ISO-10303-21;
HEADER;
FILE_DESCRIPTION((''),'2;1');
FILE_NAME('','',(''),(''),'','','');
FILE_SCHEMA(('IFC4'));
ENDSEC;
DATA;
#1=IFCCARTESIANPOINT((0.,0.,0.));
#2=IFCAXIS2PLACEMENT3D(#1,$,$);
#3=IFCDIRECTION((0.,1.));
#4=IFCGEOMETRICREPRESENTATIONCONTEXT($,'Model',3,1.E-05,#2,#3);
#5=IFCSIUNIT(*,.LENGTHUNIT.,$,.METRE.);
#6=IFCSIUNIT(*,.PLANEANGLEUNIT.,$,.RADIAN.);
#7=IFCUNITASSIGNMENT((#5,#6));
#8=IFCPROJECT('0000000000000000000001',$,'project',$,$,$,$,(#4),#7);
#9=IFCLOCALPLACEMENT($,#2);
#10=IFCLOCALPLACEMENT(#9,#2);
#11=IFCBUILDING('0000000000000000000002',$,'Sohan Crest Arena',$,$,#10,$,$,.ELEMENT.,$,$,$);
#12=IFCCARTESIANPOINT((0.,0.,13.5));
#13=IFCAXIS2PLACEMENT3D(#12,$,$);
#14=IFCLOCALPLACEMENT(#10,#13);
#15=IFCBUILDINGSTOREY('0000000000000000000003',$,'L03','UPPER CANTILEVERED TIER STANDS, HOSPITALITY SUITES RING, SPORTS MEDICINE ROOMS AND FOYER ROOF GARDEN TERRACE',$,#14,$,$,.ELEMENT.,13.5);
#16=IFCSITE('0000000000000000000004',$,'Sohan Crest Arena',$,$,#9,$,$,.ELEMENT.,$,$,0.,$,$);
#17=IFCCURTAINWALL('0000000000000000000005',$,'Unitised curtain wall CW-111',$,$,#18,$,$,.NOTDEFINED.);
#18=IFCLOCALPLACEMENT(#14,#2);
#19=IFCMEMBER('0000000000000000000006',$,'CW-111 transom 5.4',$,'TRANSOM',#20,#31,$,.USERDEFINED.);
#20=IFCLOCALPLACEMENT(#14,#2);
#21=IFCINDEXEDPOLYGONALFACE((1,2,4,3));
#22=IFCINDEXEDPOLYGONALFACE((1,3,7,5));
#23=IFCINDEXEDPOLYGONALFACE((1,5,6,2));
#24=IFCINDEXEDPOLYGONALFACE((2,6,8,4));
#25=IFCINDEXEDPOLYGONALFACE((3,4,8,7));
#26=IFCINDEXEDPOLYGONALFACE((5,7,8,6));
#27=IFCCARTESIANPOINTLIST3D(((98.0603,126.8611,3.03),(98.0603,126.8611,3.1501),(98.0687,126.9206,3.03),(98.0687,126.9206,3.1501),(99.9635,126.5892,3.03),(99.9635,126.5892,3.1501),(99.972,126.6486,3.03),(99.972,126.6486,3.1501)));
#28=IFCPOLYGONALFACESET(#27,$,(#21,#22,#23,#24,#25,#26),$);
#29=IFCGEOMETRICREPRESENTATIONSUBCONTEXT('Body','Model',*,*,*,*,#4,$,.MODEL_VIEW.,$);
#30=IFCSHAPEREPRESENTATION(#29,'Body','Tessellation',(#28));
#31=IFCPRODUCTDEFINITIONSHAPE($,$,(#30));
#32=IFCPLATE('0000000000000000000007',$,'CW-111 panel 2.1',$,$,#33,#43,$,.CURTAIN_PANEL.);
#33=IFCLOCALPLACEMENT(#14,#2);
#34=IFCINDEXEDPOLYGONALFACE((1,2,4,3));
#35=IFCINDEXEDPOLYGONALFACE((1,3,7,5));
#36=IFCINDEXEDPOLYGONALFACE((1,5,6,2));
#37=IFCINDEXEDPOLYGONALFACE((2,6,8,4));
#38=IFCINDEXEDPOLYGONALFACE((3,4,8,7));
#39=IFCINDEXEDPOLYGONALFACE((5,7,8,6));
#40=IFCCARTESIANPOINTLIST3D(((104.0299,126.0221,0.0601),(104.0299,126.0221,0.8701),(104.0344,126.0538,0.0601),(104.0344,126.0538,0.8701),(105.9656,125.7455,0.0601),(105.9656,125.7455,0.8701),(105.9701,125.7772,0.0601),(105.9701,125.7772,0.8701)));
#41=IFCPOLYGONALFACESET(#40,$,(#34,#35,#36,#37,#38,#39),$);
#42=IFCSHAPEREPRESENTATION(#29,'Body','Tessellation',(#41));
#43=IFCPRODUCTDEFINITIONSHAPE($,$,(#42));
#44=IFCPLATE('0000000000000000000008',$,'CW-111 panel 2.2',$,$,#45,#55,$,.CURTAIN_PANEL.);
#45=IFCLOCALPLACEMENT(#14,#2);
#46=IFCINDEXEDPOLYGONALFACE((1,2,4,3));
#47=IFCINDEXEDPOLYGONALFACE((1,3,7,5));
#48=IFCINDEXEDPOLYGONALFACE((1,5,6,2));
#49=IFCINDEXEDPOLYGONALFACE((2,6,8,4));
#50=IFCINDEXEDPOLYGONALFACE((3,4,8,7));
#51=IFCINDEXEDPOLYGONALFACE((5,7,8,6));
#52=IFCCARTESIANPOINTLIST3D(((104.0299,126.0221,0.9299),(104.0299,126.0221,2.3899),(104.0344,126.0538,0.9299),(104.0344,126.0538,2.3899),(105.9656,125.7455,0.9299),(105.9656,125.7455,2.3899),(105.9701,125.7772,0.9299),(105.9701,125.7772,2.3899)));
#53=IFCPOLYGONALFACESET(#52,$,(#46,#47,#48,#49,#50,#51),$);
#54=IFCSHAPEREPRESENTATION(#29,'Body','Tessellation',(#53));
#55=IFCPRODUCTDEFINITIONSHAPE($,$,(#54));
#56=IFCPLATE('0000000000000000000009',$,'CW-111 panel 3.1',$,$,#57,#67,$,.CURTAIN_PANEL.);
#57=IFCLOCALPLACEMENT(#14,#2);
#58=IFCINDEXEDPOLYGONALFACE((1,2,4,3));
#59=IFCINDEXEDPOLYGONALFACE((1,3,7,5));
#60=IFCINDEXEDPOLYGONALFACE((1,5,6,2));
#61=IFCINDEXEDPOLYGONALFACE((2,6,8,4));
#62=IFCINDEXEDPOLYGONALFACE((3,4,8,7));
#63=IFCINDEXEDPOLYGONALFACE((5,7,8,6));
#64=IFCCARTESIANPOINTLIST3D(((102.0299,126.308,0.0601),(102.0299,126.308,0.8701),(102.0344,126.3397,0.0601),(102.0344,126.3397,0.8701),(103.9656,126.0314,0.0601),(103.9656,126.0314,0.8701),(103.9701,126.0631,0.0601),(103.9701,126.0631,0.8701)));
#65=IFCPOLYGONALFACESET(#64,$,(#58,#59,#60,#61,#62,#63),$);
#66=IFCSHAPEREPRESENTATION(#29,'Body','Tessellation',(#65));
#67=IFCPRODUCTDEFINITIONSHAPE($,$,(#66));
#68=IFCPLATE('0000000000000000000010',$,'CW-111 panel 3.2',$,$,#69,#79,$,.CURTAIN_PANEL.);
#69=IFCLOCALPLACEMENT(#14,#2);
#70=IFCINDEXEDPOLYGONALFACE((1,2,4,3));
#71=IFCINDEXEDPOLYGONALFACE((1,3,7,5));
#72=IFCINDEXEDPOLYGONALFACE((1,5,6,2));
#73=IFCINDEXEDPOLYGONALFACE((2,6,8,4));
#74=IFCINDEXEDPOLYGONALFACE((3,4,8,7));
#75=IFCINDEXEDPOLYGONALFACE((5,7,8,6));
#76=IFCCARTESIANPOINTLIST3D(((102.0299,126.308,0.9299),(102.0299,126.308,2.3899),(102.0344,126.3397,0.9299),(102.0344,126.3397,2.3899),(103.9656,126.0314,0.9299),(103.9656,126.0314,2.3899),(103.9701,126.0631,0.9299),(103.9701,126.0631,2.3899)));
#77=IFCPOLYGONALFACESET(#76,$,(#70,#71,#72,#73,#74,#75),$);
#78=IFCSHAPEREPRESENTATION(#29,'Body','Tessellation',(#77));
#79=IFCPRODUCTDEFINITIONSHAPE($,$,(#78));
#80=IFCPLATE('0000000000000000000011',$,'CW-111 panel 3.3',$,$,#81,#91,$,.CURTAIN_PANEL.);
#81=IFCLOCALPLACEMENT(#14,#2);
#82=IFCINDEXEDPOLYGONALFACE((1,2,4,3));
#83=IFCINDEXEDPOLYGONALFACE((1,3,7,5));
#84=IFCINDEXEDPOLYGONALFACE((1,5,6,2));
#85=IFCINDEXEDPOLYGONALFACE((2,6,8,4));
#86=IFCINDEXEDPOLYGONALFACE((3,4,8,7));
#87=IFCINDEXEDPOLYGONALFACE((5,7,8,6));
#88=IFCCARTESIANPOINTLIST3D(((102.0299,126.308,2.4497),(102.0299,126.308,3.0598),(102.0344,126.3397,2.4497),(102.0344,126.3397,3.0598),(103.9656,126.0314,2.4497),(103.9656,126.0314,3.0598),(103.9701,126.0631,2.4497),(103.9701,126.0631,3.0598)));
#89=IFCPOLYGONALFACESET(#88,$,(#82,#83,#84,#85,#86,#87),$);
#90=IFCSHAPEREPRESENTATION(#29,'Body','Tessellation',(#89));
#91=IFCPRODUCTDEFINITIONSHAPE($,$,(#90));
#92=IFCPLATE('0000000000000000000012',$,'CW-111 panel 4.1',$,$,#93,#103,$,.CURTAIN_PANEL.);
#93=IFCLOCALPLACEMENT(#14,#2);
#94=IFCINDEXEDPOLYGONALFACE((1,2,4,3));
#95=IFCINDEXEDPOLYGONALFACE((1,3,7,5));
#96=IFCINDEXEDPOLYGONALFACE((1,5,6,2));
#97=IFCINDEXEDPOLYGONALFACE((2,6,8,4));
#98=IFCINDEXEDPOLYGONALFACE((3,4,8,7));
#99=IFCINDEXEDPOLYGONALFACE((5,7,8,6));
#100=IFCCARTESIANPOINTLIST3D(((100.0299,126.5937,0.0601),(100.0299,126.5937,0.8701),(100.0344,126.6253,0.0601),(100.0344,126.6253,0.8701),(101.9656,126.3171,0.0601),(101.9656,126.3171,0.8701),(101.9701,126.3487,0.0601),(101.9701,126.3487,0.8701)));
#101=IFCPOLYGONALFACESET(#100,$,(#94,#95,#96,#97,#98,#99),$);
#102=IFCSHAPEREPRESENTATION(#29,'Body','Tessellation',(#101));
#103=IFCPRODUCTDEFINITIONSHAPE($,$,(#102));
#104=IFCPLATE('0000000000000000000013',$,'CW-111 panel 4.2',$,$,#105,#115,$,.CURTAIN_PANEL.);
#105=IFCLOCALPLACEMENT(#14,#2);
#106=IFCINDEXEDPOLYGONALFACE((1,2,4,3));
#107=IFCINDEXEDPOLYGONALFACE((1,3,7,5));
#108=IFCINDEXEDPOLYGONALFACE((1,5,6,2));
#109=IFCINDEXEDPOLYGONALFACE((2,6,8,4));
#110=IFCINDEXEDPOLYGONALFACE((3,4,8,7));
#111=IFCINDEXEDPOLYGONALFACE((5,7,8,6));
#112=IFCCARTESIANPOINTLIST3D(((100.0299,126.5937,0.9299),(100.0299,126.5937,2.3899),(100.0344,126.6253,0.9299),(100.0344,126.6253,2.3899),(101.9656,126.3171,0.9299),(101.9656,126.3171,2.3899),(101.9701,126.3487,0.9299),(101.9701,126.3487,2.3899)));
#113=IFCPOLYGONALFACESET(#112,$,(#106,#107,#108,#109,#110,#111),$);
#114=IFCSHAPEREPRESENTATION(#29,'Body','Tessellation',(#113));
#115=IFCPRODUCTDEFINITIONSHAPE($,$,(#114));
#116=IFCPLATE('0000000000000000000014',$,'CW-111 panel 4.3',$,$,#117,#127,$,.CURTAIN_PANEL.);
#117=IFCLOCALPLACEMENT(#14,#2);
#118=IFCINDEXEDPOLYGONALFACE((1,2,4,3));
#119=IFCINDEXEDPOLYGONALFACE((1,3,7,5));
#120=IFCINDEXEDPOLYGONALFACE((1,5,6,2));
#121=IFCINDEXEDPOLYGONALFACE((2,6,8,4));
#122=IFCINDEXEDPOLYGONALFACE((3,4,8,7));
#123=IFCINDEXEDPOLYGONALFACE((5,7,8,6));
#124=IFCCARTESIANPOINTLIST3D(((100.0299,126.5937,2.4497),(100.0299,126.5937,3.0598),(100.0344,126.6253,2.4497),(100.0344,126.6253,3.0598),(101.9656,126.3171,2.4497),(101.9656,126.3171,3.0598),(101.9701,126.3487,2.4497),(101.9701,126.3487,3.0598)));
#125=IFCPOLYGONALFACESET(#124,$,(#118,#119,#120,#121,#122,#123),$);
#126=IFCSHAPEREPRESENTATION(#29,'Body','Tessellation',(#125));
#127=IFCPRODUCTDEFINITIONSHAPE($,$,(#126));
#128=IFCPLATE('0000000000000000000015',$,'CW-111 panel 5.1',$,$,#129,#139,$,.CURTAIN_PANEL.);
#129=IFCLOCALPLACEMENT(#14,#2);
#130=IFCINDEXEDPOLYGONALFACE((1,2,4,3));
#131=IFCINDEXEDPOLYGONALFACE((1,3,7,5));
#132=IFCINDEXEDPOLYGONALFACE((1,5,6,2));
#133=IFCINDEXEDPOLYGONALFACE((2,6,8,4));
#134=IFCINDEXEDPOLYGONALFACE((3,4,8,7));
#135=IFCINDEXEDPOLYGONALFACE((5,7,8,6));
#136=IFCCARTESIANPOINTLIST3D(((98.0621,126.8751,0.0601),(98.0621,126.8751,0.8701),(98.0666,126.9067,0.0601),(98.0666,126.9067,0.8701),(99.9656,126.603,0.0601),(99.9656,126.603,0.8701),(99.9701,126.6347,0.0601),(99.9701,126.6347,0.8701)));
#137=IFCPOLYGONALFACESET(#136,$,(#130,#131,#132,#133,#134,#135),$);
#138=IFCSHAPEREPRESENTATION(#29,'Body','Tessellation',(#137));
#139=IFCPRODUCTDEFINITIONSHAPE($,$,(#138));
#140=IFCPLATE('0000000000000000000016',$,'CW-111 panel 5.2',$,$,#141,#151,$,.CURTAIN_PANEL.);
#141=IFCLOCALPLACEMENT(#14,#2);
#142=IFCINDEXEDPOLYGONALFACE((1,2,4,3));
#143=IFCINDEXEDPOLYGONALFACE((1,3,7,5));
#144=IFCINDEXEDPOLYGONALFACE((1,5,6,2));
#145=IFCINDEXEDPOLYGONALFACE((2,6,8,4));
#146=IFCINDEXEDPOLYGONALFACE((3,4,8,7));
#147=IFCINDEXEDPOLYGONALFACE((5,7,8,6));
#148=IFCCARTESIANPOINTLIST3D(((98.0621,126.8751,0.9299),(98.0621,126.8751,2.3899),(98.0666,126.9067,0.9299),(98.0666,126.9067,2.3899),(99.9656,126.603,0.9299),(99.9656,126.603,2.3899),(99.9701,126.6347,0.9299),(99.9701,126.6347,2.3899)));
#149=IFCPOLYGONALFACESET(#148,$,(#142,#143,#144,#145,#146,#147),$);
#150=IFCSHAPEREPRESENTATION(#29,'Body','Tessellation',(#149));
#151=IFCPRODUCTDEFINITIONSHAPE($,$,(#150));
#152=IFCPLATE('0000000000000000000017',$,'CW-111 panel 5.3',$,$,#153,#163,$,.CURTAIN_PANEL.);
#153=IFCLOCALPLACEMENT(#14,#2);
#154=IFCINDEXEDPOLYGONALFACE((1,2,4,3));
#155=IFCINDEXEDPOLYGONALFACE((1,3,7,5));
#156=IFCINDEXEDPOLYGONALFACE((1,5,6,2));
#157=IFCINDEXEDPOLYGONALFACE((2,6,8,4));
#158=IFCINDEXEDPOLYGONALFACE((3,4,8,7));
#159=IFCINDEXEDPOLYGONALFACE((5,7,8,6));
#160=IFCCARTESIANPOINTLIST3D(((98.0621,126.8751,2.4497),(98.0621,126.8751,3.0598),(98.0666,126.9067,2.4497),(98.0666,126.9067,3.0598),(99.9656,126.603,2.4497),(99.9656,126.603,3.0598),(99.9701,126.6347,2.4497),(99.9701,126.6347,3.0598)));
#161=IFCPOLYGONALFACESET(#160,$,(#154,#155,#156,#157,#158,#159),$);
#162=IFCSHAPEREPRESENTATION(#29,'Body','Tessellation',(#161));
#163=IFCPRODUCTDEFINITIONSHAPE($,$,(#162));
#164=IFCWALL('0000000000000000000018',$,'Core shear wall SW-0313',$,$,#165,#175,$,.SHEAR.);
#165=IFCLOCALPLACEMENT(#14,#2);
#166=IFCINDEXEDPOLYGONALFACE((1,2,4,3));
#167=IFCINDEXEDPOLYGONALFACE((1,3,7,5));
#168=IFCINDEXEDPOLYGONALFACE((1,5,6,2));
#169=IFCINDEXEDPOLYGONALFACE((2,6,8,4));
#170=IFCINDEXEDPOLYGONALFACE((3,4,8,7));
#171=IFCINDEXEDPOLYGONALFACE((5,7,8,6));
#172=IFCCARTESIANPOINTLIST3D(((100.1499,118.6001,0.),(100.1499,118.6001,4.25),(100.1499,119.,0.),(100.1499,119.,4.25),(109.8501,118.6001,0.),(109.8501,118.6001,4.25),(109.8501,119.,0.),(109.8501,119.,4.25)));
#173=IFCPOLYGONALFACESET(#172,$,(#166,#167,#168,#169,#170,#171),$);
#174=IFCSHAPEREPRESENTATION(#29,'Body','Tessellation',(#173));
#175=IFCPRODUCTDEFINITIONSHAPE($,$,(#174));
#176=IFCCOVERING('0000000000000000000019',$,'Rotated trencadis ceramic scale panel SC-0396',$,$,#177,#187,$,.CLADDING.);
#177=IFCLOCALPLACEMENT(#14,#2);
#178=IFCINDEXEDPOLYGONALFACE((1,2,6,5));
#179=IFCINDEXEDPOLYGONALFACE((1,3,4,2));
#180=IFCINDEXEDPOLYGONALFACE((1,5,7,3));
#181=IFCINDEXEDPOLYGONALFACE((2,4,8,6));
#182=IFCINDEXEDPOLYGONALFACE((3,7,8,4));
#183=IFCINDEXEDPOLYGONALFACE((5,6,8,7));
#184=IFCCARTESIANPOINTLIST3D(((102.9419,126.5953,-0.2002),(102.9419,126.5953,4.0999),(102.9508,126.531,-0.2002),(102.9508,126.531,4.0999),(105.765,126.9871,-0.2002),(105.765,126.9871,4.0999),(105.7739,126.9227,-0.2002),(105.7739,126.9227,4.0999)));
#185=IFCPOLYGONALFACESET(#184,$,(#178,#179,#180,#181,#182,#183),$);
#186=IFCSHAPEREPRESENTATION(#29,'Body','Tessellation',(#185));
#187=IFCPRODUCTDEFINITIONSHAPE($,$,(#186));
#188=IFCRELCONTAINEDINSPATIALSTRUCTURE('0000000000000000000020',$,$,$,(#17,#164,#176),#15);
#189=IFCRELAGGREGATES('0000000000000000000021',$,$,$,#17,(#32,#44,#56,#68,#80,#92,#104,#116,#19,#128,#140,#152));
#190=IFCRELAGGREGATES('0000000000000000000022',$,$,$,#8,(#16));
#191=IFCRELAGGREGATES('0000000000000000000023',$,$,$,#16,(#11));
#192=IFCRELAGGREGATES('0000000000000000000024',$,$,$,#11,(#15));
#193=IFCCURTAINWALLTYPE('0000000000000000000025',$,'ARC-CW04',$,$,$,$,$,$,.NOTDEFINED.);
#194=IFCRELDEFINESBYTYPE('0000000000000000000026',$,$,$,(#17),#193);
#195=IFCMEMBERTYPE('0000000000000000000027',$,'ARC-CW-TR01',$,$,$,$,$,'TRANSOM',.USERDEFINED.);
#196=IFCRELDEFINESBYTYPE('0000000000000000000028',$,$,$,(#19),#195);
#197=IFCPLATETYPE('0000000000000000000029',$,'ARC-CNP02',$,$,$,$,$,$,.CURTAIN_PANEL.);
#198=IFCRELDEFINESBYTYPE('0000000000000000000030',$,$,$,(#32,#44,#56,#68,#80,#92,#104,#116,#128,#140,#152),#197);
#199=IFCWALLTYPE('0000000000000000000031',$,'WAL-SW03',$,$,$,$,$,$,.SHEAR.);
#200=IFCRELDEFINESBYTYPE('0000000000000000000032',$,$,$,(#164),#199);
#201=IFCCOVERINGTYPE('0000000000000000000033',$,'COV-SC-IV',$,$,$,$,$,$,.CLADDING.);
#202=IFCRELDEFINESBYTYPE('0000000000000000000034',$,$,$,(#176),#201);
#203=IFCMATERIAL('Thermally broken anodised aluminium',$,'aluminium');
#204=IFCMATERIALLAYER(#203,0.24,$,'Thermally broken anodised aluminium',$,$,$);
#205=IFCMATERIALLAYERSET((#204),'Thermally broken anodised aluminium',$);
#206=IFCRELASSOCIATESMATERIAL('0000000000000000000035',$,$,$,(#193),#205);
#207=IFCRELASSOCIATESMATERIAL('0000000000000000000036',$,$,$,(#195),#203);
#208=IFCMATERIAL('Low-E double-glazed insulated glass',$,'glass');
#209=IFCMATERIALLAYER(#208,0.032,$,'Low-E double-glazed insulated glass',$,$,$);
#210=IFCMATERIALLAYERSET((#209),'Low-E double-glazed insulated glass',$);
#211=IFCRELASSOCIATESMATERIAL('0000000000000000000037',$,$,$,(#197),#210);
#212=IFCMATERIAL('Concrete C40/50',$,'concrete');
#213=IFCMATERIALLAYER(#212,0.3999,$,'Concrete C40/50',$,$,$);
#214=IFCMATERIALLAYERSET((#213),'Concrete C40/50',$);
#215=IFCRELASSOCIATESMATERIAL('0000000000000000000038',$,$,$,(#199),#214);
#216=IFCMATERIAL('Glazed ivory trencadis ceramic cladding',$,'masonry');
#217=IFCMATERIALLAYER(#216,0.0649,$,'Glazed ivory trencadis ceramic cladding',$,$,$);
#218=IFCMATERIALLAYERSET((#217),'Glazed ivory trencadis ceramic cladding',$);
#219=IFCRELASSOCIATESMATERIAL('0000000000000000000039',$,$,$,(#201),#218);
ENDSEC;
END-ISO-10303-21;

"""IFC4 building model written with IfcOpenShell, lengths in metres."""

from ifc_helpers import new_model, si_unit, direction, frame, frame_2d, origin, origin_2d, place, context, subcontext, project, spatial, rectangle, extrude, material, layer, layer_set, material_profile, profile_set, type_object, element, aggregate, save


model = new_model("IFC4")

# Units and contexts
model_context = context("Model", 3, precision=1e-05, world=origin(), true_north=direction((0.0, 1.0)))
body_context = subcontext(model_context, "Body", "Model", "MODEL_VIEW")
ifc_project = project(units=[si_unit("LENGTHUNIT", "METRE"), si_unit("PLANEANGLEUNIT", "RADIAN")], contexts=[model_context])

# Site, building, storey
site_placement = place(None, origin())
site = spatial("IfcSite", under=ifc_project, at=site_placement, Name="Sohan Crest Arena", CompositionType="ELEMENT", RefElevation=0.0)
building_placement = place(site_placement, origin())
building = spatial("IfcBuilding", under=site, at=building_placement, Name="Sohan Crest Arena", CompositionType="ELEMENT")
storey_placement = place(building_placement, frame((0.0, 0.0, 13.5)))
storey = spatial("IfcBuildingStorey", under=building, at=storey_placement, Name="L03", Description="UPPER CANTILEVERED TIER STANDS, HOSPITALITY SUITES RING, SPORTS MEDICINE ROOMS AND FOYER ROOF GARDEN TERRACE", CompositionType="ELEMENT", Elevation=13.5)

# Curtain wall, member, plates
ifc_material_1 = material(Name="Thermally broken anodised aluminium", Category="aluminium")
ifc_layer_1 = layer(ifc_material_1, 0.24, Name="Thermally broken anodised aluminium")
ifc_layer_set_1 = layer_set([ifc_layer_1], Name="Thermally broken anodised aluminium")
curtain_wall_type = type_object("IfcCurtainWallType", Name="ARC-CW04", PredefinedType="NOTDEFINED", material=ifc_layer_set_1)
curtain_wall_placement = place(storey_placement, origin())
curtain_wall = element("IfcCurtainWall", 1, at=curtain_wall_placement, inside=storey, type_object=curtain_wall_type, Name="Unitised curtain wall CW-111", PredefinedType="NOTDEFINED")
ifc_material_profile_1 = material_profile(ifc_material_1, rectangle(XDim=0.0601, YDim=0.1201, at=origin_2d()), Name="ALU-TRAN 60x120")
ifc_profile_set_1 = profile_set([ifc_material_profile_1], Name="Thermally broken anodised aluminium")
member_type_1 = type_object("IfcMemberType", Name="ARC-CW-TR01", ElementType="TRANSOM", PredefinedType="USERDEFINED", material=ifc_profile_set_1)
member_1_placement = place(storey_placement, frame((99.9678, 126.6189, 3.0901), z_axis=(-0.989944, 0.141457, 0.0), x_axis=(-0.141457, -0.989944, 0.0)))
member_1 = element("IfcMember", 2, at=member_1_placement, type_object=member_type_1, Name="CW-111 transom 5.4", ObjectType="TRANSOM", PredefinedType="USERDEFINED", context=body_context, shape_type="SweptSolid", body=[
    extrude(rectangle(XDim=0.0601, YDim=0.1201, at=origin_2d()), origin(), (0.0, 0.0, 1.0), 1.9226),
])
ifc_material_2 = material(Name="Low-E double-glazed insulated glass", Category="glass")
ifc_layer_2 = layer(ifc_material_2, 0.032, Name="Low-E double-glazed insulated glass")
ifc_layer_set_2 = layer_set([ifc_layer_2], Name="Low-E double-glazed insulated glass")
plate_type = type_object("IfcPlateType", Name="ARC-CNP02", PredefinedType="CURTAIN_PANEL", material=ifc_layer_set_2)
plate_1_placement = place(storey_placement, frame((105.0, 125.8997, 0.0601), z_axis=(0.0, 0.0, 1.0), x_axis=(-0.989944, 0.141463, 0.0)))
plate_1 = element("IfcPlate", 3, at=plate_1_placement, type_object=plate_type, Name="CW-111 panel 2.1", PredefinedType="CURTAIN_PANEL", context=body_context, shape_type="SweptSolid", body=[
    extrude(rectangle(XDim=1.9553, YDim=0.032, at=origin_2d()), origin(), (0.0, 0.0, 1.0), 0.8101),
])
plate_2_placement = place(storey_placement, frame((105.0, 125.8997, 0.9299), z_axis=(0.0, 0.0, 1.0), x_axis=(-0.989944, 0.141463, 0.0)))
plate_2 = element("IfcPlate", 4, at=plate_2_placement, type_object=plate_type, Name="CW-111 panel 2.2", PredefinedType="CURTAIN_PANEL", context=body_context, shape_type="SweptSolid", body=[
    extrude(rectangle(XDim=1.9553, YDim=0.032, at=origin_2d()), origin(), (0.0, 0.0, 1.0), 1.46),
])
plate_3_placement = place(storey_placement, frame((103.0, 126.1855, 0.0601), z_axis=(0.0, 0.0, 1.0), x_axis=(-0.989944, 0.141463, 0.0)))
plate_3 = element("IfcPlate", 5, at=plate_3_placement, type_object=plate_type, Name="CW-111 panel 3.1", PredefinedType="CURTAIN_PANEL", context=body_context, shape_type="SweptSolid", body=[
    extrude(rectangle(XDim=1.9553, YDim=0.032, at=origin_2d()), origin(), (0.0, 0.0, 1.0), 0.8101),
])
plate_4_placement = place(storey_placement, frame((103.0, 126.1855, 0.9299), z_axis=(0.0, 0.0, 1.0), x_axis=(-0.989944, 0.141463, 0.0)))
plate_4 = element("IfcPlate", 6, at=plate_4_placement, type_object=plate_type, Name="CW-111 panel 3.2", PredefinedType="CURTAIN_PANEL", context=body_context, shape_type="SweptSolid", body=[
    extrude(rectangle(XDim=1.9553, YDim=0.032, at=origin_2d()), origin(), (0.0, 0.0, 1.0), 1.46),
])
plate_5_placement = place(storey_placement, frame((103.0, 126.1855, 2.4497), z_axis=(0.0, 0.0, 1.0), x_axis=(-0.989944, 0.141463, 0.0)))
plate_5 = element("IfcPlate", 7, at=plate_5_placement, type_object=plate_type, Name="CW-111 panel 3.3", PredefinedType="CURTAIN_PANEL", context=body_context, shape_type="SweptSolid", body=[
    extrude(rectangle(XDim=1.9553, YDim=0.032, at=origin_2d()), origin(), (0.0, 0.0, 1.0), 0.6101),
])
plate_6_placement = place(storey_placement, frame((101.0, 126.4712, 0.0601), z_axis=(0.0, 0.0, 1.0), x_axis=(-0.989944, 0.141463, 0.0)))
plate_6 = element("IfcPlate", 8, at=plate_6_placement, type_object=plate_type, Name="CW-111 panel 4.1", PredefinedType="CURTAIN_PANEL", context=body_context, shape_type="SweptSolid", body=[
    extrude(rectangle(XDim=1.9553, YDim=0.032, at=origin_2d()), origin(), (0.0, 0.0, 1.0), 0.8101),
])
plate_7_placement = place(storey_placement, frame((101.0, 126.4712, 0.9299), z_axis=(0.0, 0.0, 1.0), x_axis=(-0.989944, 0.141463, 0.0)))
plate_7 = element("IfcPlate", 9, at=plate_7_placement, type_object=plate_type, Name="CW-111 panel 4.2", PredefinedType="CURTAIN_PANEL", context=body_context, shape_type="SweptSolid", body=[
    extrude(rectangle(XDim=1.9553, YDim=0.032, at=origin_2d()), origin(), (0.0, 0.0, 1.0), 1.46),
])
plate_8_placement = place(storey_placement, frame((101.0, 126.4712, 2.4497), z_axis=(0.0, 0.0, 1.0), x_axis=(-0.989944, 0.141463, 0.0)))
plate_8 = element("IfcPlate", 10, at=plate_8_placement, type_object=plate_type, Name="CW-111 panel 4.3", PredefinedType="CURTAIN_PANEL", context=body_context, shape_type="SweptSolid", body=[
    extrude(rectangle(XDim=1.9553, YDim=0.032, at=origin_2d()), origin(), (0.0, 0.0, 1.0), 0.6101),
])
plate_9_placement = place(storey_placement, frame((99.0161, 126.7549, 0.0601), z_axis=(0.0, 0.0, 1.0), x_axis=(-0.989944, 0.141463, 0.0)))
plate_9 = element("IfcPlate", 11, at=plate_9_placement, type_object=plate_type, Name="CW-111 panel 5.1", PredefinedType="CURTAIN_PANEL", context=body_context, shape_type="SweptSolid", body=[
    extrude(rectangle(XDim=1.9229, YDim=0.032, at=origin_2d()), origin(), (0.0, 0.0, 1.0), 0.8101),
])
plate_10_placement = place(storey_placement, frame((99.0161, 126.7549, 0.9299), z_axis=(0.0, 0.0, 1.0), x_axis=(-0.989944, 0.141463, 0.0)))
plate_10 = element("IfcPlate", 12, at=plate_10_placement, type_object=plate_type, Name="CW-111 panel 5.2", PredefinedType="CURTAIN_PANEL", context=body_context, shape_type="SweptSolid", body=[
    extrude(rectangle(XDim=1.9229, YDim=0.032, at=origin_2d()), origin(), (0.0, 0.0, 1.0), 1.46),
])
plate_11_placement = place(storey_placement, frame((99.0161, 126.7549, 2.4497), z_axis=(0.0, 0.0, 1.0), x_axis=(-0.989944, 0.141463, 0.0)))
plate_11 = element("IfcPlate", 13, at=plate_11_placement, type_object=plate_type, Name="CW-111 panel 5.3", PredefinedType="CURTAIN_PANEL", context=body_context, shape_type="SweptSolid", body=[
    extrude(rectangle(XDim=1.9229, YDim=0.032, at=origin_2d()), origin(), (0.0, 0.0, 1.0), 0.6101),
])
aggregate(curtain_wall, [plate_1, plate_2, plate_3, plate_4, plate_5, plate_6, plate_7, plate_8, member_1, plate_9, plate_10, plate_11])

# Wall
ifc_material_3 = material(Name="Concrete C40/50", Category="concrete")
ifc_layer_3 = layer(ifc_material_3, 0.3999, Name="Concrete C40/50")
ifc_layer_set_3 = layer_set([ifc_layer_3], Name="Concrete C40/50")
wall_type = type_object("IfcWallType", Name="WAL-SW03", PredefinedType="SHEAR", material=ifc_layer_set_3)
wall_placement = place(storey_placement, frame((100.1499, 118.8, 0.0), z_axis=(0.0, 0.0, 1.0), x_axis=(1.0, 0.0, 0.0)))
element("IfcWall", 14, at=wall_placement, inside=storey, type_object=wall_type, Name="Core shear wall SW-0313", PredefinedType="SHEAR", context=body_context, shape_type="SweptSolid", body=[
    extrude(rectangle(XDim=9.7002, YDim=0.3999, at=frame_2d((4.8501, 0.0))), origin(), (0.0, 0.0, 1.0), 4.25),
])

# Covering
ifc_material_4 = material(Name="Glazed ivory trencadis ceramic cladding", Category="masonry")
ifc_layer_4 = layer(ifc_material_4, 0.0649, Name="Glazed ivory trencadis ceramic cladding")
ifc_layer_set_4 = layer_set([ifc_layer_4], Name="Glazed ivory trencadis ceramic cladding")
covering_type_1 = type_object("IfcCoveringType", Name="COV-SC-IV", PredefinedType="CLADDING", material=ifc_layer_set_4)
for number, where, z_axis, x_axis, name in (
    (15, (104.3579, 126.759, -0.2002), (0.0, 0.0, 1.0), (-0.990509, -0.137445, 0.0), "Rotated trencadis ceramic scale panel SC-0396"),
):
    element("IfcCovering", number, at=place(storey_placement, frame(where, z_axis=z_axis, x_axis=x_axis)), inside=storey, type_object=covering_type_1, Name=name, PredefinedType="CLADDING", context=body_context, shape_type="SweptSolid", body=[
        extrude(rectangle(XDim=2.8501, YDim=0.0649, at=origin_2d()), origin(), (0.0, 0.0, 1.0), 4.3),
    ])

save(model, "model.ifc")
